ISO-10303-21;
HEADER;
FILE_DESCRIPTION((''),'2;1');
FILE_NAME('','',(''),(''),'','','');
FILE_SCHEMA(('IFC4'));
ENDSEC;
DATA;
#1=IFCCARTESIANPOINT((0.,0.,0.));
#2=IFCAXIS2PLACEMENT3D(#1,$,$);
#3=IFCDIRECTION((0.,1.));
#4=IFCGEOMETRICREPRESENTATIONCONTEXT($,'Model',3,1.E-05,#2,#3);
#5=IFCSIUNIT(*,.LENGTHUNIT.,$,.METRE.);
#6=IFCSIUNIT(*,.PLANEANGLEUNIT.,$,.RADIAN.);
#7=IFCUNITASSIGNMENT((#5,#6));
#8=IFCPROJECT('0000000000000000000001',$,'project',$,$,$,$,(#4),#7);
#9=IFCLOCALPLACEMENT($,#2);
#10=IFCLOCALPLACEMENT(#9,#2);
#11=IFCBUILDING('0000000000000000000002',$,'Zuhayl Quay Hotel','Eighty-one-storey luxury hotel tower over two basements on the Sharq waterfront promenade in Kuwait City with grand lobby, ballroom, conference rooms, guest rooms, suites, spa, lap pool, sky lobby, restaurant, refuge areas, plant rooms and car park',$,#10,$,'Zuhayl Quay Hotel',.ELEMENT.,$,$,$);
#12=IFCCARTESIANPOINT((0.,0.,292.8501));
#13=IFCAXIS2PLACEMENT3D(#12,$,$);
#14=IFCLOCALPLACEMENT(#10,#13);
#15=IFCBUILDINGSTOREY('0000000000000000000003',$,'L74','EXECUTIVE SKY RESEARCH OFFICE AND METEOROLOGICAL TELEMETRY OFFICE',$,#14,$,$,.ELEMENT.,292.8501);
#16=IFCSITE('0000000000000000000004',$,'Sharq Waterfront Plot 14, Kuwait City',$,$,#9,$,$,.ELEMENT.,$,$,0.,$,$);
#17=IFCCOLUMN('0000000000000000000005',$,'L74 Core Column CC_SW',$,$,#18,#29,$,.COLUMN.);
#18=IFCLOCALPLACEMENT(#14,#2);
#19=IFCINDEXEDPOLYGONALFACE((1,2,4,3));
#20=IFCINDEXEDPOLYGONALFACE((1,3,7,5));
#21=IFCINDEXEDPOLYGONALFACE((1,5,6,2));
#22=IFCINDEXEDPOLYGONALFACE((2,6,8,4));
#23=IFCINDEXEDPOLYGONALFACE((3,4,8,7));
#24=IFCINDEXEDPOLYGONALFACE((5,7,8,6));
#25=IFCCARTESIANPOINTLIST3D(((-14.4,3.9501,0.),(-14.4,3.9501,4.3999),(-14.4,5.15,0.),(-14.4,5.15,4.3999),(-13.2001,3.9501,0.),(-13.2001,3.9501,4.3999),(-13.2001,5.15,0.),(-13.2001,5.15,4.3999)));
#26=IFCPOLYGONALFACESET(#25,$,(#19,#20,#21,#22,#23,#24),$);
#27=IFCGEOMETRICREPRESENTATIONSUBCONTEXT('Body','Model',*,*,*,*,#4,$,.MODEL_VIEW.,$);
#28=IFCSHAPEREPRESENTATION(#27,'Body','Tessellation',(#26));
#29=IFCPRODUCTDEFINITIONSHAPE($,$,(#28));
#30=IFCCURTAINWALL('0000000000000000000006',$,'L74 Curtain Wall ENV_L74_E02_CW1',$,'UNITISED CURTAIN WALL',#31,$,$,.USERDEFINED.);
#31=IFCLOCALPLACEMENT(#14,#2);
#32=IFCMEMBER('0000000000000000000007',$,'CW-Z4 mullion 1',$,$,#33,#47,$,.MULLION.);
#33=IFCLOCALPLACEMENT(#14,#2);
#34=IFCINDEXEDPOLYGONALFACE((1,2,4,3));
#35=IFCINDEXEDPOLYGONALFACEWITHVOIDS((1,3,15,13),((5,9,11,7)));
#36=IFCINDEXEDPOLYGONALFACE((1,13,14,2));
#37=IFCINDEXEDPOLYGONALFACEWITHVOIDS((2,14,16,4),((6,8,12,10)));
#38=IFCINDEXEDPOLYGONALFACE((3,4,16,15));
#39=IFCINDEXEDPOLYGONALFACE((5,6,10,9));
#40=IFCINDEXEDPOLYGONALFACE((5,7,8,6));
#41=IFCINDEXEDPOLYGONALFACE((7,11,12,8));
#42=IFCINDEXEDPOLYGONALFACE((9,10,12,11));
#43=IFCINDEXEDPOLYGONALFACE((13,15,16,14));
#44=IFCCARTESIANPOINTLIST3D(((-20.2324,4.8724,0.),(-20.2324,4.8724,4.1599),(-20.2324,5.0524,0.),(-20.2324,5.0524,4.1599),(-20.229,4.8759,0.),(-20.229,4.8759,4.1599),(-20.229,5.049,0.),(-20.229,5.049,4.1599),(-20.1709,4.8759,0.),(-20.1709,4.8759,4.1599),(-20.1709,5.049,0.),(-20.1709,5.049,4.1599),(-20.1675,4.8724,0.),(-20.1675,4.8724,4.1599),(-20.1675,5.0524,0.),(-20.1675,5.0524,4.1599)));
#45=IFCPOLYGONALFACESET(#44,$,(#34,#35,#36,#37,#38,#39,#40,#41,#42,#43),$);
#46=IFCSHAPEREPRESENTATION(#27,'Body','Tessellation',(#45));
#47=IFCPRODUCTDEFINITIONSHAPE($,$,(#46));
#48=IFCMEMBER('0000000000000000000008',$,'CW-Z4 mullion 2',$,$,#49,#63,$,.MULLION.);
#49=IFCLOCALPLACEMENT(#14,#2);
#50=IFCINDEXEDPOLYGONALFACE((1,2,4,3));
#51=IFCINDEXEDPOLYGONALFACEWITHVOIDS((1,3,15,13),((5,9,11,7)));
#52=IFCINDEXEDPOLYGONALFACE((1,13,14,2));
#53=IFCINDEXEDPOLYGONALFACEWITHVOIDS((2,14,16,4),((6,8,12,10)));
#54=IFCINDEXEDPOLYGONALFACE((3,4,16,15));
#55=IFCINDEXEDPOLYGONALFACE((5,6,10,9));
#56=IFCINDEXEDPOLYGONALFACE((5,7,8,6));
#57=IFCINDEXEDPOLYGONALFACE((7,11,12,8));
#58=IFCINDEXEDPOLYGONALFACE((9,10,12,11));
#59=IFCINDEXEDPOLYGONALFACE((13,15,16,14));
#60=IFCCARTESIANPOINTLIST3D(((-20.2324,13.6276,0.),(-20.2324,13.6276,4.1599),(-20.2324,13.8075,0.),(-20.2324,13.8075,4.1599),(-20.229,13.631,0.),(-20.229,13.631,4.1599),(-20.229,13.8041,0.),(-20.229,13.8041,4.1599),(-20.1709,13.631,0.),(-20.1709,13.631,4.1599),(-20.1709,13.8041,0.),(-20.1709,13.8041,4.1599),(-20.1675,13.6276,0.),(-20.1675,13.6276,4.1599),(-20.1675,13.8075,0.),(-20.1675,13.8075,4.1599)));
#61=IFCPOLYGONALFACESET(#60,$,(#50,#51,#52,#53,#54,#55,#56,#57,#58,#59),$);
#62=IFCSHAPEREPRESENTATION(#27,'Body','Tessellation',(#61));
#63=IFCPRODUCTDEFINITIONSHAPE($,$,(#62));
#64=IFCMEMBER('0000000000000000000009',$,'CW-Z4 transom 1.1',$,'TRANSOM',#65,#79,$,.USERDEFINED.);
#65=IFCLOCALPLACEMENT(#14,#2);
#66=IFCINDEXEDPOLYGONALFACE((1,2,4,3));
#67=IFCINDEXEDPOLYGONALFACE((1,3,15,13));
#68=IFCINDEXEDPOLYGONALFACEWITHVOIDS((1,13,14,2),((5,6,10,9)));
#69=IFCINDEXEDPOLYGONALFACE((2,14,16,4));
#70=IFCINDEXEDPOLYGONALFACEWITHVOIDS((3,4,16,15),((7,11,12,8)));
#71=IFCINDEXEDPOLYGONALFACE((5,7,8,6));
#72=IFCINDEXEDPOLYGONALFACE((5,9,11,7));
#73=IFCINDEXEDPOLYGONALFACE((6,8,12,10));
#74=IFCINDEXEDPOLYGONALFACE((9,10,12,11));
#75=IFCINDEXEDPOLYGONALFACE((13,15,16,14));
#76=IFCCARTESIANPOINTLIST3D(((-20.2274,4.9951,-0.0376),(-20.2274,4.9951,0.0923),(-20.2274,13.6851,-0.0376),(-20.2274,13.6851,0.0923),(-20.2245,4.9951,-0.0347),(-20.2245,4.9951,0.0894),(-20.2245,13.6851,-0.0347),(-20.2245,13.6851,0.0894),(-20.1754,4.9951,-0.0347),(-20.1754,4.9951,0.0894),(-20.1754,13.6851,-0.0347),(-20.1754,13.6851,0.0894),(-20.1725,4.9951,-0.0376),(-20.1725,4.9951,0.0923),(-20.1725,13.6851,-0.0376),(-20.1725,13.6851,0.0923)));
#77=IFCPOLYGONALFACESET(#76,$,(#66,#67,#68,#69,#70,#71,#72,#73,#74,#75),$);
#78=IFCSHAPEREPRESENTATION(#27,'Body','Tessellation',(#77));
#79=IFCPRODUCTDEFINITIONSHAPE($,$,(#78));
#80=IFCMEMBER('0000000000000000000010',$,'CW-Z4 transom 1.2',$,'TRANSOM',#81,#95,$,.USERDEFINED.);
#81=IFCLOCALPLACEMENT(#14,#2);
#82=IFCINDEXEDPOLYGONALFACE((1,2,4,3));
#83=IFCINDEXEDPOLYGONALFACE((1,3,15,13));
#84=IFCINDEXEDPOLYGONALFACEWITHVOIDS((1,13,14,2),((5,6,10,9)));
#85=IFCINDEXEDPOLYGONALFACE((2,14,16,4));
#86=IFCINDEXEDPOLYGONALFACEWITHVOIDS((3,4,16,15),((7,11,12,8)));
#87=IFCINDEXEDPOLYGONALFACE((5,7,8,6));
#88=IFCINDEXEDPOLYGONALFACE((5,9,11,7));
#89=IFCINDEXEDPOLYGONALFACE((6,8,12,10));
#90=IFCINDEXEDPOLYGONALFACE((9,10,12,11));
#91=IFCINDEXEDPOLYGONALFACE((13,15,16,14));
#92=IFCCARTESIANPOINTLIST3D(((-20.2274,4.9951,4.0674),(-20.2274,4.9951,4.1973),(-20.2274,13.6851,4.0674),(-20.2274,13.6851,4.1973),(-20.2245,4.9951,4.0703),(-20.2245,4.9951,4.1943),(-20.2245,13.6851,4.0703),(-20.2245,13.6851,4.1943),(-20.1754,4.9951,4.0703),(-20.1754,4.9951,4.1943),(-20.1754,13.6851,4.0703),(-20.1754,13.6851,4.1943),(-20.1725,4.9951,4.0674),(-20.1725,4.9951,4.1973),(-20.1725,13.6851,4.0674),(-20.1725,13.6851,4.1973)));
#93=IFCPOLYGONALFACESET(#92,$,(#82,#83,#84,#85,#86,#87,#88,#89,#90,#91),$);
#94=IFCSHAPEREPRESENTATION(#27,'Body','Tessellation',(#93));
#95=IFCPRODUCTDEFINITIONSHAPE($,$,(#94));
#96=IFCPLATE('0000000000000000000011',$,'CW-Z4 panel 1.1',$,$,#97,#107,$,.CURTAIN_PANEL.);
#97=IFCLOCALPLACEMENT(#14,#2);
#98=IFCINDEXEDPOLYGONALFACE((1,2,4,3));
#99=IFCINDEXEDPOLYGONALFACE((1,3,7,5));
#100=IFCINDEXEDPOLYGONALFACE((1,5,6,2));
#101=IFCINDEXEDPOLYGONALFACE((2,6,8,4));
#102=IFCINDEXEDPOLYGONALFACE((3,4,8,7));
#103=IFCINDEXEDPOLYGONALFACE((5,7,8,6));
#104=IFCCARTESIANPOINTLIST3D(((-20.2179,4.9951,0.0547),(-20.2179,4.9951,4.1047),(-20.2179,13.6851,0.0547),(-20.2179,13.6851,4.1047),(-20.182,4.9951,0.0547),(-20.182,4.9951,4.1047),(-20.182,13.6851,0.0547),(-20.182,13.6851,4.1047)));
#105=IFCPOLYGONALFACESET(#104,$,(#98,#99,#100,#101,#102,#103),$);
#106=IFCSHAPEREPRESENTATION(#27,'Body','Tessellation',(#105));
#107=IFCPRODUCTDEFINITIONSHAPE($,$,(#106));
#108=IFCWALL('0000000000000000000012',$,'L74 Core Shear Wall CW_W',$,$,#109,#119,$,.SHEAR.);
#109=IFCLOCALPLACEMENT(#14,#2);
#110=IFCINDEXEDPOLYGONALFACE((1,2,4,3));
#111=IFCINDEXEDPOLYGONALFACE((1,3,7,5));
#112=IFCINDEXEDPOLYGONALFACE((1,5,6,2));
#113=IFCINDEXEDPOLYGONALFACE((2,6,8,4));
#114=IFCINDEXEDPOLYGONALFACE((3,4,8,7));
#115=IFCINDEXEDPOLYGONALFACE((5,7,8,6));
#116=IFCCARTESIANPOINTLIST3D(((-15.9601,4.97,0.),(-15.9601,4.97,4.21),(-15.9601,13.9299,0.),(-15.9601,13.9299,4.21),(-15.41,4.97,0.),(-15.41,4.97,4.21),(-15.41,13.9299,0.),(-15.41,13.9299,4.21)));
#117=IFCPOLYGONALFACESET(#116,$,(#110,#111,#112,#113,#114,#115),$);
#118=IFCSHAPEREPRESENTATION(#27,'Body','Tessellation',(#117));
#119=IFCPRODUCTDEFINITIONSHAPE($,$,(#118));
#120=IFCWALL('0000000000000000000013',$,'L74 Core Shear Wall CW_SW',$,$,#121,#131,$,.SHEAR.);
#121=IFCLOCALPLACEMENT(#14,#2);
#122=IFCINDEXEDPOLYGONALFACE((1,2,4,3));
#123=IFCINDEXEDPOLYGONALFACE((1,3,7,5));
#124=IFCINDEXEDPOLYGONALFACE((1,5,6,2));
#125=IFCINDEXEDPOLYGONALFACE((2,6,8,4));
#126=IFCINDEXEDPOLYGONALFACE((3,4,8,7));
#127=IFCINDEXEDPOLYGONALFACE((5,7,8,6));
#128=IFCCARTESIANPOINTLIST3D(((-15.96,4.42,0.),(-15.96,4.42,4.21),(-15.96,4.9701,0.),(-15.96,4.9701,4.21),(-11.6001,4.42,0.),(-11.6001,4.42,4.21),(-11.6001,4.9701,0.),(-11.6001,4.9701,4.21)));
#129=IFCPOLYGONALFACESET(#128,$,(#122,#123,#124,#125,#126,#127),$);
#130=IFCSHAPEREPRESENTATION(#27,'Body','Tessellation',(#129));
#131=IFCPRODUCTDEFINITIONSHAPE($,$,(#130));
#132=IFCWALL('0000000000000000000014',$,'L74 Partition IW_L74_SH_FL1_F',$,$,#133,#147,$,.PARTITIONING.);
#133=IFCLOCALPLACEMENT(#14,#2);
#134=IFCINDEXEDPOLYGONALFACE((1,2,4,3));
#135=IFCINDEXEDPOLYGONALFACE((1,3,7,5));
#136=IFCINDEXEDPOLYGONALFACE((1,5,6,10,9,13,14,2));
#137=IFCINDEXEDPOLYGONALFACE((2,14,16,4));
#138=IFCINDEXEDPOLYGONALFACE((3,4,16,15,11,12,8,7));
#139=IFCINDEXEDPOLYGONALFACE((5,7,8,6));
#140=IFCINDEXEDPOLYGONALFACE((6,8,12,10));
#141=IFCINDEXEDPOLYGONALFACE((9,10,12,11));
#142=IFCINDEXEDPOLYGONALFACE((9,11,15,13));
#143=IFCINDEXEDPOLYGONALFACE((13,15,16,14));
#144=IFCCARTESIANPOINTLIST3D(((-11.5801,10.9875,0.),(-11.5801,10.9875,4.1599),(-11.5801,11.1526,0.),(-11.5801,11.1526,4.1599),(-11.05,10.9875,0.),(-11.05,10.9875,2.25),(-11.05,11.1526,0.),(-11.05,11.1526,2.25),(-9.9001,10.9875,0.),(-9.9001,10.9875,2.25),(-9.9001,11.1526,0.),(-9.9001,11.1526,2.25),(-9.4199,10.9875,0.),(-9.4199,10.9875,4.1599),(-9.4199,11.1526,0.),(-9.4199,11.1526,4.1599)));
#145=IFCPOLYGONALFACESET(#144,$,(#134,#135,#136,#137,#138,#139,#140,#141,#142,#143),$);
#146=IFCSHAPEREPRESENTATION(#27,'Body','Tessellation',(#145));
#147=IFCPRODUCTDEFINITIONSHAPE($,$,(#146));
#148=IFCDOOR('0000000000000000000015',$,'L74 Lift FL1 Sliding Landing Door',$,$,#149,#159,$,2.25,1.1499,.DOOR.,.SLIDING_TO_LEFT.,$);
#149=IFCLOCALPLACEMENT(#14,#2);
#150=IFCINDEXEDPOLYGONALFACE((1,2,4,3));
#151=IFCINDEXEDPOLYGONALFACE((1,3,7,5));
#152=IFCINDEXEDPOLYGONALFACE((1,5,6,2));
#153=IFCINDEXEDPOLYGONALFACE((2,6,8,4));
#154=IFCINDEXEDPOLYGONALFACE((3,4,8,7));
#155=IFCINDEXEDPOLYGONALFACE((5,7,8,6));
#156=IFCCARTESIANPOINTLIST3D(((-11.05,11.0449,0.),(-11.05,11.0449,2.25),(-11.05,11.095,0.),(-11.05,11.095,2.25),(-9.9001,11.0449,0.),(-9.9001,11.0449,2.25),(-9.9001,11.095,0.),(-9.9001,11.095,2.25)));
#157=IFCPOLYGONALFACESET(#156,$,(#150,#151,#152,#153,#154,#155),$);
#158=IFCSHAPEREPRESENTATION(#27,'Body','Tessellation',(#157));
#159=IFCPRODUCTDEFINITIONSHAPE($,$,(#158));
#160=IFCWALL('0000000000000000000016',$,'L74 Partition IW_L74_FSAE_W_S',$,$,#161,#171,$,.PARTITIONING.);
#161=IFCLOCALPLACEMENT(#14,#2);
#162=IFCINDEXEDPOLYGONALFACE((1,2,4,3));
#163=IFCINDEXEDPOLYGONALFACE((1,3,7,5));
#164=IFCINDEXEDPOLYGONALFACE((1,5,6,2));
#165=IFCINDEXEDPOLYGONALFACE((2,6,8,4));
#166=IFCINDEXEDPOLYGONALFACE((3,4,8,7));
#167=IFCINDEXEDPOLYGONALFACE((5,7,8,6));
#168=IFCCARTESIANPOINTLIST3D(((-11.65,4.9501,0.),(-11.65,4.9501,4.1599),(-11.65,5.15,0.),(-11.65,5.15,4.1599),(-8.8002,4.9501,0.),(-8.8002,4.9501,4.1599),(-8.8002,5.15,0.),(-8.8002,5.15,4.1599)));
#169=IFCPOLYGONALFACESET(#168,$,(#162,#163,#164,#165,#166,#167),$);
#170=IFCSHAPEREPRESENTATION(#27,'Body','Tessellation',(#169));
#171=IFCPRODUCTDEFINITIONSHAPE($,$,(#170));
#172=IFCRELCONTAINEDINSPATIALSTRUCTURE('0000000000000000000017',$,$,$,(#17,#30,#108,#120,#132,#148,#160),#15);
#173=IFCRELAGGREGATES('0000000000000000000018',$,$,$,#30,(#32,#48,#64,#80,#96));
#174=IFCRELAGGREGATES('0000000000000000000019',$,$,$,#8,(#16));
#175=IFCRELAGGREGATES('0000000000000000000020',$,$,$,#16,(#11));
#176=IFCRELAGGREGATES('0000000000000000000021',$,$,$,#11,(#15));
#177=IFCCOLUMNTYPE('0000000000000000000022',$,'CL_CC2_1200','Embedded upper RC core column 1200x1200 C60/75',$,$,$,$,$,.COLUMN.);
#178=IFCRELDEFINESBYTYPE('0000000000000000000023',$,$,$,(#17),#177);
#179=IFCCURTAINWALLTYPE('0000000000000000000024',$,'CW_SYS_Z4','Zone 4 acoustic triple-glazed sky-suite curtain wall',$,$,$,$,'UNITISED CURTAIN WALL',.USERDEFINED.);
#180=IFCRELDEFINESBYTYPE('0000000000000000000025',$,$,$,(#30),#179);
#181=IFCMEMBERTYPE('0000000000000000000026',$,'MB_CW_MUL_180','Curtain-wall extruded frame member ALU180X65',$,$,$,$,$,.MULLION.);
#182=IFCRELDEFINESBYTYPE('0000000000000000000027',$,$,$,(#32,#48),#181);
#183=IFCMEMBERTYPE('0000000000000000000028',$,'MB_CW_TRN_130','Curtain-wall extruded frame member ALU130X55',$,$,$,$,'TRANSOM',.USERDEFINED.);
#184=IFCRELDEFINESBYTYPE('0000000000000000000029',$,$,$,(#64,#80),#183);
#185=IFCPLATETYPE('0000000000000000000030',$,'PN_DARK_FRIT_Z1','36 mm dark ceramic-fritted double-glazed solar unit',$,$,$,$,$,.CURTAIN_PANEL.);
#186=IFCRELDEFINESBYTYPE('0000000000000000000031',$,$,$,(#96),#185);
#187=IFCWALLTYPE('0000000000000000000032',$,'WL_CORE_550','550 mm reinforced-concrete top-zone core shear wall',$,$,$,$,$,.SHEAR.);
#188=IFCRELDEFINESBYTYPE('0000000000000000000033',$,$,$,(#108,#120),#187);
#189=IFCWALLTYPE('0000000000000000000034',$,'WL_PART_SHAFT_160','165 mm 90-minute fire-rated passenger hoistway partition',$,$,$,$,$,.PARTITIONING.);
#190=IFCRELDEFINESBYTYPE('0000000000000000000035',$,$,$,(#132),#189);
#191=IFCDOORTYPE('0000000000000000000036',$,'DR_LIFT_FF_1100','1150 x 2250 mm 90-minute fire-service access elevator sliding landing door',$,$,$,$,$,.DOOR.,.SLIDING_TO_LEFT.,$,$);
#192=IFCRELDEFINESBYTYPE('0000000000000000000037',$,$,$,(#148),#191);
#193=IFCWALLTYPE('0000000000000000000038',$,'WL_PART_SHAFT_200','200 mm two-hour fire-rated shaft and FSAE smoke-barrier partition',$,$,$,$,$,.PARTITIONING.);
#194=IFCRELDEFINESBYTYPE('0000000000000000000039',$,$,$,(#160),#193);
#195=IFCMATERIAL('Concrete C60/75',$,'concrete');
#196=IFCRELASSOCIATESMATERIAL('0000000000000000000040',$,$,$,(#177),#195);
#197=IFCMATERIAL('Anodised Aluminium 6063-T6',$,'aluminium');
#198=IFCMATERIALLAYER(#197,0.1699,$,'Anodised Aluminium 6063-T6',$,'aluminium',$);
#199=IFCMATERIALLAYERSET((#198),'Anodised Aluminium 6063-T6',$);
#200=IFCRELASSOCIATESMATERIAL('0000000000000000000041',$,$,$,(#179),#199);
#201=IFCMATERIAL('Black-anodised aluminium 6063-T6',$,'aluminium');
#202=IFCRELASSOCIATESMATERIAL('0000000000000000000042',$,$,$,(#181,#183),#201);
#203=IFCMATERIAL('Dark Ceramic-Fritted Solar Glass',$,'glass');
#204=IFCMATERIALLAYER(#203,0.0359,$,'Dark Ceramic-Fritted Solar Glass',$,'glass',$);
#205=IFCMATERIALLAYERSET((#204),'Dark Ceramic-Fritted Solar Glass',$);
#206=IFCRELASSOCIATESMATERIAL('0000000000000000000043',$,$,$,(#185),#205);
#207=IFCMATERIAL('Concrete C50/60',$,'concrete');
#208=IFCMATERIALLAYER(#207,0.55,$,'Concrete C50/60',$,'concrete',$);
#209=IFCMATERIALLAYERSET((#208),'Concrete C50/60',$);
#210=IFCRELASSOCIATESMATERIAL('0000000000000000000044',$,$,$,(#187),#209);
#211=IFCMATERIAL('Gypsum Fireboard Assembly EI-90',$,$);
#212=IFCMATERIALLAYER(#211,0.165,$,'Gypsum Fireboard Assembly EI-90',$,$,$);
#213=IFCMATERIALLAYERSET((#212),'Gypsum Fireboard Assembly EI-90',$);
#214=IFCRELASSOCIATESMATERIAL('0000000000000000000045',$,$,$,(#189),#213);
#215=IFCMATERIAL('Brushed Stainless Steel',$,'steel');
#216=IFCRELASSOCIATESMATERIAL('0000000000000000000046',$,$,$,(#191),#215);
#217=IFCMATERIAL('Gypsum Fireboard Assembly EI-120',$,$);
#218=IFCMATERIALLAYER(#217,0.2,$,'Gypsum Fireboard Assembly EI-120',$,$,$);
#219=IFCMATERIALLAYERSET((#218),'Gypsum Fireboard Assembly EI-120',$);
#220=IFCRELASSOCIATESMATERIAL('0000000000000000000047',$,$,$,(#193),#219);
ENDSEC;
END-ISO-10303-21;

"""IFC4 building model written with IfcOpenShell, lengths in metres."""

from ifc_helpers import new_model, si_unit, direction, frame, frame_2d, origin, origin_2d, place, context, subcontext, project, spatial, rectangle, hollow_rectangle, extrude, material, layer, layer_set, material_profile, profile_set, type_object, element, fill, aggregate, save


model = new_model("IFC4")

# Units and contexts
model_context = context("Model", 3, precision=1e-05, world=origin(), true_north=direction((0.0, 1.0)))
body_context = subcontext(model_context, "Body", "Model", "MODEL_VIEW")
ifc_project = project(units=[si_unit("LENGTHUNIT", "METRE"), si_unit("PLANEANGLEUNIT", "RADIAN")], contexts=[model_context])

# Site, building, storey
site_placement = place(None, origin())
site = spatial("IfcSite", under=ifc_project, at=site_placement, Name="Sharq Waterfront Plot 14, Kuwait City", CompositionType="ELEMENT", RefElevation=0.0)
building_placement = place(site_placement, origin())
building = spatial("IfcBuilding", under=site, at=building_placement, Name="Zuhayl Quay Hotel", Description="Eighty-one-storey luxury hotel tower over two basements on the Sharq waterfront promenade in Kuwait City with grand lobby, ballroom, conference rooms, guest rooms, suites, spa, lap pool, sky lobby, restaurant, refuge areas, plant rooms and car park", LongName="Zuhayl Quay Hotel", CompositionType="ELEMENT")
storey_placement = place(building_placement, frame((0.0, 0.0, 292.8501)))
storey = spatial("IfcBuildingStorey", under=building, at=storey_placement, Name="L74", Description="EXECUTIVE SKY RESEARCH OFFICE AND METEOROLOGICAL TELEMETRY OFFICE", CompositionType="ELEMENT", Elevation=292.8501)

# Column
ifc_material_1 = material(Name="Concrete C60/75", Category="concrete")
ifc_material_profile_1 = material_profile(ifc_material_1, rectangle(XDim=1.2, YDim=1.2, at=origin_2d()), Name="RC1200X1200")
ifc_profile_set_1 = profile_set([ifc_material_profile_1], Name="Concrete C60/75")
column_type = type_object("IfcColumnType", Name="CL_CC2_1200", Description="Embedded upper RC core column 1200x1200 C60/75", PredefinedType="COLUMN", material=ifc_profile_set_1)
column_placement = place(storey_placement, frame((-13.8, 4.55, 0.0), z_axis=(0.0, 0.0, 1.0), x_axis=(1.0, 0.0, 0.0)))
element("IfcColumn", 1, at=column_placement, inside=storey, type_object=column_type, Name="L74 Core Column CC_SW", PredefinedType="COLUMN", context=body_context, shape_type="SweptSolid", body=[
    extrude(rectangle(XDim=1.2, YDim=1.2, at=origin_2d()), origin(), (0.0, 0.0, 1.0), 4.3999),
])

# Curtain wall, members, plate
ifc_material_2 = material(Name="Anodised Aluminium 6063-T6", Category="aluminium")
ifc_layer_1 = layer(ifc_material_2, 0.1699, Name="Anodised Aluminium 6063-T6", Category="aluminium")
ifc_layer_set_1 = layer_set([ifc_layer_1], Name="Anodised Aluminium 6063-T6")
curtain_wall_type = type_object("IfcCurtainWallType", Name="CW_SYS_Z4", Description="Zone 4 acoustic triple-glazed sky-suite curtain wall", ElementType="UNITISED CURTAIN WALL", PredefinedType="USERDEFINED", material=ifc_layer_set_1)
curtain_wall_placement = place(storey_placement, origin())
curtain_wall = element("IfcCurtainWall", 2, at=curtain_wall_placement, inside=storey, type_object=curtain_wall_type, Name="L74 Curtain Wall ENV_L74_E02_CW1", ObjectType="UNITISED CURTAIN WALL", PredefinedType="USERDEFINED")
ifc_material_3 = material(Name="Black-anodised aluminium 6063-T6", Category="aluminium")
ifc_material_profile_2 = material_profile(ifc_material_3, hollow_rectangle(XDim=0.0649, YDim=0.1799, WallThickness=0.0034, at=origin_2d()), Name="ALU180X65")
ifc_profile_set_2 = profile_set([ifc_material_profile_2], Name="Black-anodised aluminium 6063-T6")
member_type_1 = type_object("IfcMemberType", Name="MB_CW_MUL_180", Description="Curtain-wall extruded frame member ALU180X65", PredefinedType="MULLION", material=ifc_profile_set_2)
member_1_placement = place(storey_placement, frame((-20.2, 4.9624, 0.0), z_axis=(0.0, 0.0, 1.0), x_axis=(-1.0, 0.0, 0.0)))
member_1 = element("IfcMember", 3, at=member_1_placement, type_object=member_type_1, Name="CW-Z4 mullion 1", PredefinedType="MULLION", context=body_context, shape_type="SweptSolid", body=[
    extrude(hollow_rectangle(XDim=0.0649, YDim=0.1799, WallThickness=0.0034, at=origin_2d()), origin(), (0.0, 0.0, 1.0), 4.1599),
])
member_2_placement = place(storey_placement, frame((-20.2, 13.7175, 0.0), z_axis=(0.0, 0.0, 1.0), x_axis=(-1.0, 0.0, 0.0)))
member_2 = element("IfcMember", 4, at=member_2_placement, type_object=member_type_1, Name="CW-Z4 mullion 2", PredefinedType="MULLION", context=body_context, shape_type="SweptSolid", body=[
    extrude(hollow_rectangle(XDim=0.0649, YDim=0.1799, WallThickness=0.0034, at=origin_2d()), origin(), (0.0, 0.0, 1.0), 4.1599),
])
ifc_material_profile_3 = material_profile(ifc_material_3, hollow_rectangle(XDim=0.0549, YDim=0.1299, WallThickness=0.0029, at=origin_2d()), Name="ALU130X55")
ifc_profile_set_3 = profile_set([ifc_material_profile_3], Name="Black-anodised aluminium 6063-T6")
member_type_2 = type_object("IfcMemberType", Name="MB_CW_TRN_130", Description="Curtain-wall extruded frame member ALU130X55", ElementType="TRANSOM", PredefinedType="USERDEFINED", material=ifc_profile_set_3)
member_3_placement = place(storey_placement, frame((-20.2, 4.9951, 0.0273), z_axis=(0.0, 1.0, 0.0), x_axis=(-1.0, 0.0, 0.0)))
member_3 = element("IfcMember", 5, at=member_3_placement, type_object=member_type_2, Name="CW-Z4 transom 1.1", ObjectType="TRANSOM", PredefinedType="USERDEFINED", context=body_context, shape_type="SweptSolid", body=[
    extrude(hollow_rectangle(XDim=0.0549, YDim=0.1299, WallThickness=0.0029, at=origin_2d()), origin(), (0.0, 0.0, 1.0), 8.6899),
])
member_4_placement = place(storey_placement, frame((-20.2, 4.9951, 4.1323), z_axis=(0.0, 1.0, 0.0), x_axis=(-1.0, 0.0, 0.0)))
member_4 = element("IfcMember", 6, at=member_4_placement, type_object=member_type_2, Name="CW-Z4 transom 1.2", ObjectType="TRANSOM", PredefinedType="USERDEFINED", context=body_context, shape_type="SweptSolid", body=[
    extrude(hollow_rectangle(XDim=0.0549, YDim=0.1299, WallThickness=0.0029, at=origin_2d()), origin(), (0.0, 0.0, 1.0), 8.6899),
])
ifc_material_4 = material(Name="Dark Ceramic-Fritted Solar Glass", Category="glass")
ifc_layer_2 = layer(ifc_material_4, 0.0359, Name="Dark Ceramic-Fritted Solar Glass", Category="glass")
ifc_layer_set_2 = layer_set([ifc_layer_2], Name="Dark Ceramic-Fritted Solar Glass")
plate_type = type_object("IfcPlateType", Name="PN_DARK_FRIT_Z1", Description="36 mm dark ceramic-fritted double-glazed solar unit", PredefinedType="CURTAIN_PANEL", material=ifc_layer_set_2)
plate_placement = place(storey_placement, frame((-20.2, 9.3401, 0.0547), z_axis=(0.0, 0.0, 1.0), x_axis=(0.0, 1.0, 0.0)))
plate = element("IfcPlate", 7, at=plate_placement, type_object=plate_type, Name="CW-Z4 panel 1.1", PredefinedType="CURTAIN_PANEL", context=body_context, shape_type="SweptSolid", body=[
    extrude(rectangle(XDim=8.6899, YDim=0.0359, at=origin_2d()), origin(), (0.0, 0.0, 1.0), 4.05),
])
aggregate(curtain_wall, [member_1, member_2, member_3, member_4, plate])

# Walls
ifc_material_5 = material(Name="Concrete C50/60", Category="concrete")
ifc_layer_3 = layer(ifc_material_5, 0.55, Name="Concrete C50/60", Category="concrete")
ifc_layer_set_3 = layer_set([ifc_layer_3], Name="Concrete C50/60")
wall_type_1 = type_object("IfcWallType", Name="WL_CORE_550", Description="550 mm reinforced-concrete top-zone core shear wall", PredefinedType="SHEAR", material=ifc_layer_set_3)
wall_1_placement = place(storey_placement, frame((-15.6851, 4.97, 0.0), z_axis=(0.0, 0.0, 1.0), x_axis=(0.0, 1.0, 0.0)))
element("IfcWall", 8, at=wall_1_placement, inside=storey, type_object=wall_type_1, Name="L74 Core Shear Wall CW_W", PredefinedType="SHEAR", context=body_context, shape_type="SweptSolid", body=[
    extrude(rectangle(XDim=8.96, YDim=0.55, at=frame_2d((4.48, 0.0))), origin(), (0.0, 0.0, 1.0), 4.21),
])
wall_2_placement = place(storey_placement, frame((-15.96, 4.6951, 0.0), z_axis=(0.0, 0.0, 1.0), x_axis=(1.0, 0.0, 0.0)))
element("IfcWall", 9, at=wall_2_placement, inside=storey, type_object=wall_type_1, Name="L74 Core Shear Wall CW_SW", PredefinedType="SHEAR", context=body_context, shape_type="SweptSolid", body=[
    extrude(rectangle(XDim=4.3599, YDim=0.55, at=frame_2d((2.1799, 0.0))), origin(), (0.0, 0.0, 1.0), 4.21),
])

# Wall, opening, door
ifc_material_6 = material(Name="Gypsum Fireboard Assembly EI-90")
ifc_layer_4 = layer(ifc_material_6, 0.165, Name="Gypsum Fireboard Assembly EI-90")
ifc_layer_set_4 = layer_set([ifc_layer_4], Name="Gypsum Fireboard Assembly EI-90")
wall_type_2 = type_object("IfcWallType", Name="WL_PART_SHAFT_160", Description="165 mm 90-minute fire-rated passenger hoistway partition", PredefinedType="PARTITIONING", material=ifc_layer_set_4)
wall_3_placement = place(storey_placement, frame((-11.5801, 11.0701, 0.0), z_axis=(0.0, 0.0, 1.0), x_axis=(1.0, 0.0, 0.0)))
wall_3 = element("IfcWall", 10, at=wall_3_placement, inside=storey, type_object=wall_type_2, Name="L74 Partition IW_L74_SH_FL1_F", PredefinedType="PARTITIONING", context=body_context, shape_type="SweptSolid", body=[
    extrude(rectangle(XDim=2.1602, YDim=0.165, at=frame_2d((1.0801, 0.0))), origin(), (0.0, 0.0, 1.0), 4.1599),
])
opening_1_placement = place(wall_3_placement, frame((0.53, 0.0, 0.0)))
opening_1 = element("IfcOpeningElement", 11, at=opening_1_placement, cuts=wall_3, PredefinedType="OPENING", context=body_context, shape_type="SweptSolid", body=[
    extrude(rectangle(XDim=1.1499, YDim=2.25, at=frame_2d((0.575, 1.125))), frame((0.0, 0.0925, 0.0), z_axis=(0.0, -1.0, 0.0), x_axis=(1.0, 0.0, 0.0)), (0.0, 0.0, 1.0), 0.1851),
])
ifc_material_7 = material(Name="Brushed Stainless Steel", Category="steel")
door_type_1 = type_object("IfcDoorType", Name="DR_LIFT_FF_1100", Description="1150 x 2250 mm 90-minute fire-service access elevator sliding landing door", OperationType="SLIDING_TO_LEFT", PredefinedType="DOOR", material=ifc_material_7)
door_1_placement = place(opening_1_placement, origin())
door_1 = element("IfcDoor", 12, at=door_1_placement, inside=storey, type_object=door_type_1, Name="L74 Lift FL1 Sliding Landing Door", OperationType="SLIDING_TO_LEFT", OverallHeight=2.25, OverallWidth=1.1499, PredefinedType="DOOR", context=body_context, shape_type="SweptSolid", body=[
    extrude(rectangle(XDim=1.1499, YDim=2.25, at=frame_2d((0.575, 1.125))), frame((0.0, 0.0249, 0.0), z_axis=(0.0, -1.0, 0.0), x_axis=(1.0, 0.0, 0.0)), (0.0, 0.0, 1.0), 0.05),
])
fill(opening_1, door_1)

# Wall
ifc_material_8 = material(Name="Gypsum Fireboard Assembly EI-120")
ifc_layer_5 = layer(ifc_material_8, 0.2, Name="Gypsum Fireboard Assembly EI-120")
ifc_layer_set_5 = layer_set([ifc_layer_5], Name="Gypsum Fireboard Assembly EI-120")
wall_type_3 = type_object("IfcWallType", Name="WL_PART_SHAFT_200", Description="200 mm two-hour fire-rated shaft and FSAE smoke-barrier partition", PredefinedType="PARTITIONING", material=ifc_layer_set_5)
wall_4_placement = place(storey_placement, frame((-11.6499, 5.05, 0.0), z_axis=(0.0, 0.0, 1.0), x_axis=(1.0, 0.0, 0.0)))
element("IfcWall", 13, at=wall_4_placement, inside=storey, type_object=wall_type_3, Name="L74 Partition IW_L74_FSAE_W_S", PredefinedType="PARTITIONING", context=body_context, shape_type="SweptSolid", body=[
    extrude(rectangle(XDim=2.8499, YDim=0.2, at=frame_2d((1.4248, 0.0))), origin(), (0.0, 0.0, 1.0), 4.1599),
])

save(model, "model.ifc")
